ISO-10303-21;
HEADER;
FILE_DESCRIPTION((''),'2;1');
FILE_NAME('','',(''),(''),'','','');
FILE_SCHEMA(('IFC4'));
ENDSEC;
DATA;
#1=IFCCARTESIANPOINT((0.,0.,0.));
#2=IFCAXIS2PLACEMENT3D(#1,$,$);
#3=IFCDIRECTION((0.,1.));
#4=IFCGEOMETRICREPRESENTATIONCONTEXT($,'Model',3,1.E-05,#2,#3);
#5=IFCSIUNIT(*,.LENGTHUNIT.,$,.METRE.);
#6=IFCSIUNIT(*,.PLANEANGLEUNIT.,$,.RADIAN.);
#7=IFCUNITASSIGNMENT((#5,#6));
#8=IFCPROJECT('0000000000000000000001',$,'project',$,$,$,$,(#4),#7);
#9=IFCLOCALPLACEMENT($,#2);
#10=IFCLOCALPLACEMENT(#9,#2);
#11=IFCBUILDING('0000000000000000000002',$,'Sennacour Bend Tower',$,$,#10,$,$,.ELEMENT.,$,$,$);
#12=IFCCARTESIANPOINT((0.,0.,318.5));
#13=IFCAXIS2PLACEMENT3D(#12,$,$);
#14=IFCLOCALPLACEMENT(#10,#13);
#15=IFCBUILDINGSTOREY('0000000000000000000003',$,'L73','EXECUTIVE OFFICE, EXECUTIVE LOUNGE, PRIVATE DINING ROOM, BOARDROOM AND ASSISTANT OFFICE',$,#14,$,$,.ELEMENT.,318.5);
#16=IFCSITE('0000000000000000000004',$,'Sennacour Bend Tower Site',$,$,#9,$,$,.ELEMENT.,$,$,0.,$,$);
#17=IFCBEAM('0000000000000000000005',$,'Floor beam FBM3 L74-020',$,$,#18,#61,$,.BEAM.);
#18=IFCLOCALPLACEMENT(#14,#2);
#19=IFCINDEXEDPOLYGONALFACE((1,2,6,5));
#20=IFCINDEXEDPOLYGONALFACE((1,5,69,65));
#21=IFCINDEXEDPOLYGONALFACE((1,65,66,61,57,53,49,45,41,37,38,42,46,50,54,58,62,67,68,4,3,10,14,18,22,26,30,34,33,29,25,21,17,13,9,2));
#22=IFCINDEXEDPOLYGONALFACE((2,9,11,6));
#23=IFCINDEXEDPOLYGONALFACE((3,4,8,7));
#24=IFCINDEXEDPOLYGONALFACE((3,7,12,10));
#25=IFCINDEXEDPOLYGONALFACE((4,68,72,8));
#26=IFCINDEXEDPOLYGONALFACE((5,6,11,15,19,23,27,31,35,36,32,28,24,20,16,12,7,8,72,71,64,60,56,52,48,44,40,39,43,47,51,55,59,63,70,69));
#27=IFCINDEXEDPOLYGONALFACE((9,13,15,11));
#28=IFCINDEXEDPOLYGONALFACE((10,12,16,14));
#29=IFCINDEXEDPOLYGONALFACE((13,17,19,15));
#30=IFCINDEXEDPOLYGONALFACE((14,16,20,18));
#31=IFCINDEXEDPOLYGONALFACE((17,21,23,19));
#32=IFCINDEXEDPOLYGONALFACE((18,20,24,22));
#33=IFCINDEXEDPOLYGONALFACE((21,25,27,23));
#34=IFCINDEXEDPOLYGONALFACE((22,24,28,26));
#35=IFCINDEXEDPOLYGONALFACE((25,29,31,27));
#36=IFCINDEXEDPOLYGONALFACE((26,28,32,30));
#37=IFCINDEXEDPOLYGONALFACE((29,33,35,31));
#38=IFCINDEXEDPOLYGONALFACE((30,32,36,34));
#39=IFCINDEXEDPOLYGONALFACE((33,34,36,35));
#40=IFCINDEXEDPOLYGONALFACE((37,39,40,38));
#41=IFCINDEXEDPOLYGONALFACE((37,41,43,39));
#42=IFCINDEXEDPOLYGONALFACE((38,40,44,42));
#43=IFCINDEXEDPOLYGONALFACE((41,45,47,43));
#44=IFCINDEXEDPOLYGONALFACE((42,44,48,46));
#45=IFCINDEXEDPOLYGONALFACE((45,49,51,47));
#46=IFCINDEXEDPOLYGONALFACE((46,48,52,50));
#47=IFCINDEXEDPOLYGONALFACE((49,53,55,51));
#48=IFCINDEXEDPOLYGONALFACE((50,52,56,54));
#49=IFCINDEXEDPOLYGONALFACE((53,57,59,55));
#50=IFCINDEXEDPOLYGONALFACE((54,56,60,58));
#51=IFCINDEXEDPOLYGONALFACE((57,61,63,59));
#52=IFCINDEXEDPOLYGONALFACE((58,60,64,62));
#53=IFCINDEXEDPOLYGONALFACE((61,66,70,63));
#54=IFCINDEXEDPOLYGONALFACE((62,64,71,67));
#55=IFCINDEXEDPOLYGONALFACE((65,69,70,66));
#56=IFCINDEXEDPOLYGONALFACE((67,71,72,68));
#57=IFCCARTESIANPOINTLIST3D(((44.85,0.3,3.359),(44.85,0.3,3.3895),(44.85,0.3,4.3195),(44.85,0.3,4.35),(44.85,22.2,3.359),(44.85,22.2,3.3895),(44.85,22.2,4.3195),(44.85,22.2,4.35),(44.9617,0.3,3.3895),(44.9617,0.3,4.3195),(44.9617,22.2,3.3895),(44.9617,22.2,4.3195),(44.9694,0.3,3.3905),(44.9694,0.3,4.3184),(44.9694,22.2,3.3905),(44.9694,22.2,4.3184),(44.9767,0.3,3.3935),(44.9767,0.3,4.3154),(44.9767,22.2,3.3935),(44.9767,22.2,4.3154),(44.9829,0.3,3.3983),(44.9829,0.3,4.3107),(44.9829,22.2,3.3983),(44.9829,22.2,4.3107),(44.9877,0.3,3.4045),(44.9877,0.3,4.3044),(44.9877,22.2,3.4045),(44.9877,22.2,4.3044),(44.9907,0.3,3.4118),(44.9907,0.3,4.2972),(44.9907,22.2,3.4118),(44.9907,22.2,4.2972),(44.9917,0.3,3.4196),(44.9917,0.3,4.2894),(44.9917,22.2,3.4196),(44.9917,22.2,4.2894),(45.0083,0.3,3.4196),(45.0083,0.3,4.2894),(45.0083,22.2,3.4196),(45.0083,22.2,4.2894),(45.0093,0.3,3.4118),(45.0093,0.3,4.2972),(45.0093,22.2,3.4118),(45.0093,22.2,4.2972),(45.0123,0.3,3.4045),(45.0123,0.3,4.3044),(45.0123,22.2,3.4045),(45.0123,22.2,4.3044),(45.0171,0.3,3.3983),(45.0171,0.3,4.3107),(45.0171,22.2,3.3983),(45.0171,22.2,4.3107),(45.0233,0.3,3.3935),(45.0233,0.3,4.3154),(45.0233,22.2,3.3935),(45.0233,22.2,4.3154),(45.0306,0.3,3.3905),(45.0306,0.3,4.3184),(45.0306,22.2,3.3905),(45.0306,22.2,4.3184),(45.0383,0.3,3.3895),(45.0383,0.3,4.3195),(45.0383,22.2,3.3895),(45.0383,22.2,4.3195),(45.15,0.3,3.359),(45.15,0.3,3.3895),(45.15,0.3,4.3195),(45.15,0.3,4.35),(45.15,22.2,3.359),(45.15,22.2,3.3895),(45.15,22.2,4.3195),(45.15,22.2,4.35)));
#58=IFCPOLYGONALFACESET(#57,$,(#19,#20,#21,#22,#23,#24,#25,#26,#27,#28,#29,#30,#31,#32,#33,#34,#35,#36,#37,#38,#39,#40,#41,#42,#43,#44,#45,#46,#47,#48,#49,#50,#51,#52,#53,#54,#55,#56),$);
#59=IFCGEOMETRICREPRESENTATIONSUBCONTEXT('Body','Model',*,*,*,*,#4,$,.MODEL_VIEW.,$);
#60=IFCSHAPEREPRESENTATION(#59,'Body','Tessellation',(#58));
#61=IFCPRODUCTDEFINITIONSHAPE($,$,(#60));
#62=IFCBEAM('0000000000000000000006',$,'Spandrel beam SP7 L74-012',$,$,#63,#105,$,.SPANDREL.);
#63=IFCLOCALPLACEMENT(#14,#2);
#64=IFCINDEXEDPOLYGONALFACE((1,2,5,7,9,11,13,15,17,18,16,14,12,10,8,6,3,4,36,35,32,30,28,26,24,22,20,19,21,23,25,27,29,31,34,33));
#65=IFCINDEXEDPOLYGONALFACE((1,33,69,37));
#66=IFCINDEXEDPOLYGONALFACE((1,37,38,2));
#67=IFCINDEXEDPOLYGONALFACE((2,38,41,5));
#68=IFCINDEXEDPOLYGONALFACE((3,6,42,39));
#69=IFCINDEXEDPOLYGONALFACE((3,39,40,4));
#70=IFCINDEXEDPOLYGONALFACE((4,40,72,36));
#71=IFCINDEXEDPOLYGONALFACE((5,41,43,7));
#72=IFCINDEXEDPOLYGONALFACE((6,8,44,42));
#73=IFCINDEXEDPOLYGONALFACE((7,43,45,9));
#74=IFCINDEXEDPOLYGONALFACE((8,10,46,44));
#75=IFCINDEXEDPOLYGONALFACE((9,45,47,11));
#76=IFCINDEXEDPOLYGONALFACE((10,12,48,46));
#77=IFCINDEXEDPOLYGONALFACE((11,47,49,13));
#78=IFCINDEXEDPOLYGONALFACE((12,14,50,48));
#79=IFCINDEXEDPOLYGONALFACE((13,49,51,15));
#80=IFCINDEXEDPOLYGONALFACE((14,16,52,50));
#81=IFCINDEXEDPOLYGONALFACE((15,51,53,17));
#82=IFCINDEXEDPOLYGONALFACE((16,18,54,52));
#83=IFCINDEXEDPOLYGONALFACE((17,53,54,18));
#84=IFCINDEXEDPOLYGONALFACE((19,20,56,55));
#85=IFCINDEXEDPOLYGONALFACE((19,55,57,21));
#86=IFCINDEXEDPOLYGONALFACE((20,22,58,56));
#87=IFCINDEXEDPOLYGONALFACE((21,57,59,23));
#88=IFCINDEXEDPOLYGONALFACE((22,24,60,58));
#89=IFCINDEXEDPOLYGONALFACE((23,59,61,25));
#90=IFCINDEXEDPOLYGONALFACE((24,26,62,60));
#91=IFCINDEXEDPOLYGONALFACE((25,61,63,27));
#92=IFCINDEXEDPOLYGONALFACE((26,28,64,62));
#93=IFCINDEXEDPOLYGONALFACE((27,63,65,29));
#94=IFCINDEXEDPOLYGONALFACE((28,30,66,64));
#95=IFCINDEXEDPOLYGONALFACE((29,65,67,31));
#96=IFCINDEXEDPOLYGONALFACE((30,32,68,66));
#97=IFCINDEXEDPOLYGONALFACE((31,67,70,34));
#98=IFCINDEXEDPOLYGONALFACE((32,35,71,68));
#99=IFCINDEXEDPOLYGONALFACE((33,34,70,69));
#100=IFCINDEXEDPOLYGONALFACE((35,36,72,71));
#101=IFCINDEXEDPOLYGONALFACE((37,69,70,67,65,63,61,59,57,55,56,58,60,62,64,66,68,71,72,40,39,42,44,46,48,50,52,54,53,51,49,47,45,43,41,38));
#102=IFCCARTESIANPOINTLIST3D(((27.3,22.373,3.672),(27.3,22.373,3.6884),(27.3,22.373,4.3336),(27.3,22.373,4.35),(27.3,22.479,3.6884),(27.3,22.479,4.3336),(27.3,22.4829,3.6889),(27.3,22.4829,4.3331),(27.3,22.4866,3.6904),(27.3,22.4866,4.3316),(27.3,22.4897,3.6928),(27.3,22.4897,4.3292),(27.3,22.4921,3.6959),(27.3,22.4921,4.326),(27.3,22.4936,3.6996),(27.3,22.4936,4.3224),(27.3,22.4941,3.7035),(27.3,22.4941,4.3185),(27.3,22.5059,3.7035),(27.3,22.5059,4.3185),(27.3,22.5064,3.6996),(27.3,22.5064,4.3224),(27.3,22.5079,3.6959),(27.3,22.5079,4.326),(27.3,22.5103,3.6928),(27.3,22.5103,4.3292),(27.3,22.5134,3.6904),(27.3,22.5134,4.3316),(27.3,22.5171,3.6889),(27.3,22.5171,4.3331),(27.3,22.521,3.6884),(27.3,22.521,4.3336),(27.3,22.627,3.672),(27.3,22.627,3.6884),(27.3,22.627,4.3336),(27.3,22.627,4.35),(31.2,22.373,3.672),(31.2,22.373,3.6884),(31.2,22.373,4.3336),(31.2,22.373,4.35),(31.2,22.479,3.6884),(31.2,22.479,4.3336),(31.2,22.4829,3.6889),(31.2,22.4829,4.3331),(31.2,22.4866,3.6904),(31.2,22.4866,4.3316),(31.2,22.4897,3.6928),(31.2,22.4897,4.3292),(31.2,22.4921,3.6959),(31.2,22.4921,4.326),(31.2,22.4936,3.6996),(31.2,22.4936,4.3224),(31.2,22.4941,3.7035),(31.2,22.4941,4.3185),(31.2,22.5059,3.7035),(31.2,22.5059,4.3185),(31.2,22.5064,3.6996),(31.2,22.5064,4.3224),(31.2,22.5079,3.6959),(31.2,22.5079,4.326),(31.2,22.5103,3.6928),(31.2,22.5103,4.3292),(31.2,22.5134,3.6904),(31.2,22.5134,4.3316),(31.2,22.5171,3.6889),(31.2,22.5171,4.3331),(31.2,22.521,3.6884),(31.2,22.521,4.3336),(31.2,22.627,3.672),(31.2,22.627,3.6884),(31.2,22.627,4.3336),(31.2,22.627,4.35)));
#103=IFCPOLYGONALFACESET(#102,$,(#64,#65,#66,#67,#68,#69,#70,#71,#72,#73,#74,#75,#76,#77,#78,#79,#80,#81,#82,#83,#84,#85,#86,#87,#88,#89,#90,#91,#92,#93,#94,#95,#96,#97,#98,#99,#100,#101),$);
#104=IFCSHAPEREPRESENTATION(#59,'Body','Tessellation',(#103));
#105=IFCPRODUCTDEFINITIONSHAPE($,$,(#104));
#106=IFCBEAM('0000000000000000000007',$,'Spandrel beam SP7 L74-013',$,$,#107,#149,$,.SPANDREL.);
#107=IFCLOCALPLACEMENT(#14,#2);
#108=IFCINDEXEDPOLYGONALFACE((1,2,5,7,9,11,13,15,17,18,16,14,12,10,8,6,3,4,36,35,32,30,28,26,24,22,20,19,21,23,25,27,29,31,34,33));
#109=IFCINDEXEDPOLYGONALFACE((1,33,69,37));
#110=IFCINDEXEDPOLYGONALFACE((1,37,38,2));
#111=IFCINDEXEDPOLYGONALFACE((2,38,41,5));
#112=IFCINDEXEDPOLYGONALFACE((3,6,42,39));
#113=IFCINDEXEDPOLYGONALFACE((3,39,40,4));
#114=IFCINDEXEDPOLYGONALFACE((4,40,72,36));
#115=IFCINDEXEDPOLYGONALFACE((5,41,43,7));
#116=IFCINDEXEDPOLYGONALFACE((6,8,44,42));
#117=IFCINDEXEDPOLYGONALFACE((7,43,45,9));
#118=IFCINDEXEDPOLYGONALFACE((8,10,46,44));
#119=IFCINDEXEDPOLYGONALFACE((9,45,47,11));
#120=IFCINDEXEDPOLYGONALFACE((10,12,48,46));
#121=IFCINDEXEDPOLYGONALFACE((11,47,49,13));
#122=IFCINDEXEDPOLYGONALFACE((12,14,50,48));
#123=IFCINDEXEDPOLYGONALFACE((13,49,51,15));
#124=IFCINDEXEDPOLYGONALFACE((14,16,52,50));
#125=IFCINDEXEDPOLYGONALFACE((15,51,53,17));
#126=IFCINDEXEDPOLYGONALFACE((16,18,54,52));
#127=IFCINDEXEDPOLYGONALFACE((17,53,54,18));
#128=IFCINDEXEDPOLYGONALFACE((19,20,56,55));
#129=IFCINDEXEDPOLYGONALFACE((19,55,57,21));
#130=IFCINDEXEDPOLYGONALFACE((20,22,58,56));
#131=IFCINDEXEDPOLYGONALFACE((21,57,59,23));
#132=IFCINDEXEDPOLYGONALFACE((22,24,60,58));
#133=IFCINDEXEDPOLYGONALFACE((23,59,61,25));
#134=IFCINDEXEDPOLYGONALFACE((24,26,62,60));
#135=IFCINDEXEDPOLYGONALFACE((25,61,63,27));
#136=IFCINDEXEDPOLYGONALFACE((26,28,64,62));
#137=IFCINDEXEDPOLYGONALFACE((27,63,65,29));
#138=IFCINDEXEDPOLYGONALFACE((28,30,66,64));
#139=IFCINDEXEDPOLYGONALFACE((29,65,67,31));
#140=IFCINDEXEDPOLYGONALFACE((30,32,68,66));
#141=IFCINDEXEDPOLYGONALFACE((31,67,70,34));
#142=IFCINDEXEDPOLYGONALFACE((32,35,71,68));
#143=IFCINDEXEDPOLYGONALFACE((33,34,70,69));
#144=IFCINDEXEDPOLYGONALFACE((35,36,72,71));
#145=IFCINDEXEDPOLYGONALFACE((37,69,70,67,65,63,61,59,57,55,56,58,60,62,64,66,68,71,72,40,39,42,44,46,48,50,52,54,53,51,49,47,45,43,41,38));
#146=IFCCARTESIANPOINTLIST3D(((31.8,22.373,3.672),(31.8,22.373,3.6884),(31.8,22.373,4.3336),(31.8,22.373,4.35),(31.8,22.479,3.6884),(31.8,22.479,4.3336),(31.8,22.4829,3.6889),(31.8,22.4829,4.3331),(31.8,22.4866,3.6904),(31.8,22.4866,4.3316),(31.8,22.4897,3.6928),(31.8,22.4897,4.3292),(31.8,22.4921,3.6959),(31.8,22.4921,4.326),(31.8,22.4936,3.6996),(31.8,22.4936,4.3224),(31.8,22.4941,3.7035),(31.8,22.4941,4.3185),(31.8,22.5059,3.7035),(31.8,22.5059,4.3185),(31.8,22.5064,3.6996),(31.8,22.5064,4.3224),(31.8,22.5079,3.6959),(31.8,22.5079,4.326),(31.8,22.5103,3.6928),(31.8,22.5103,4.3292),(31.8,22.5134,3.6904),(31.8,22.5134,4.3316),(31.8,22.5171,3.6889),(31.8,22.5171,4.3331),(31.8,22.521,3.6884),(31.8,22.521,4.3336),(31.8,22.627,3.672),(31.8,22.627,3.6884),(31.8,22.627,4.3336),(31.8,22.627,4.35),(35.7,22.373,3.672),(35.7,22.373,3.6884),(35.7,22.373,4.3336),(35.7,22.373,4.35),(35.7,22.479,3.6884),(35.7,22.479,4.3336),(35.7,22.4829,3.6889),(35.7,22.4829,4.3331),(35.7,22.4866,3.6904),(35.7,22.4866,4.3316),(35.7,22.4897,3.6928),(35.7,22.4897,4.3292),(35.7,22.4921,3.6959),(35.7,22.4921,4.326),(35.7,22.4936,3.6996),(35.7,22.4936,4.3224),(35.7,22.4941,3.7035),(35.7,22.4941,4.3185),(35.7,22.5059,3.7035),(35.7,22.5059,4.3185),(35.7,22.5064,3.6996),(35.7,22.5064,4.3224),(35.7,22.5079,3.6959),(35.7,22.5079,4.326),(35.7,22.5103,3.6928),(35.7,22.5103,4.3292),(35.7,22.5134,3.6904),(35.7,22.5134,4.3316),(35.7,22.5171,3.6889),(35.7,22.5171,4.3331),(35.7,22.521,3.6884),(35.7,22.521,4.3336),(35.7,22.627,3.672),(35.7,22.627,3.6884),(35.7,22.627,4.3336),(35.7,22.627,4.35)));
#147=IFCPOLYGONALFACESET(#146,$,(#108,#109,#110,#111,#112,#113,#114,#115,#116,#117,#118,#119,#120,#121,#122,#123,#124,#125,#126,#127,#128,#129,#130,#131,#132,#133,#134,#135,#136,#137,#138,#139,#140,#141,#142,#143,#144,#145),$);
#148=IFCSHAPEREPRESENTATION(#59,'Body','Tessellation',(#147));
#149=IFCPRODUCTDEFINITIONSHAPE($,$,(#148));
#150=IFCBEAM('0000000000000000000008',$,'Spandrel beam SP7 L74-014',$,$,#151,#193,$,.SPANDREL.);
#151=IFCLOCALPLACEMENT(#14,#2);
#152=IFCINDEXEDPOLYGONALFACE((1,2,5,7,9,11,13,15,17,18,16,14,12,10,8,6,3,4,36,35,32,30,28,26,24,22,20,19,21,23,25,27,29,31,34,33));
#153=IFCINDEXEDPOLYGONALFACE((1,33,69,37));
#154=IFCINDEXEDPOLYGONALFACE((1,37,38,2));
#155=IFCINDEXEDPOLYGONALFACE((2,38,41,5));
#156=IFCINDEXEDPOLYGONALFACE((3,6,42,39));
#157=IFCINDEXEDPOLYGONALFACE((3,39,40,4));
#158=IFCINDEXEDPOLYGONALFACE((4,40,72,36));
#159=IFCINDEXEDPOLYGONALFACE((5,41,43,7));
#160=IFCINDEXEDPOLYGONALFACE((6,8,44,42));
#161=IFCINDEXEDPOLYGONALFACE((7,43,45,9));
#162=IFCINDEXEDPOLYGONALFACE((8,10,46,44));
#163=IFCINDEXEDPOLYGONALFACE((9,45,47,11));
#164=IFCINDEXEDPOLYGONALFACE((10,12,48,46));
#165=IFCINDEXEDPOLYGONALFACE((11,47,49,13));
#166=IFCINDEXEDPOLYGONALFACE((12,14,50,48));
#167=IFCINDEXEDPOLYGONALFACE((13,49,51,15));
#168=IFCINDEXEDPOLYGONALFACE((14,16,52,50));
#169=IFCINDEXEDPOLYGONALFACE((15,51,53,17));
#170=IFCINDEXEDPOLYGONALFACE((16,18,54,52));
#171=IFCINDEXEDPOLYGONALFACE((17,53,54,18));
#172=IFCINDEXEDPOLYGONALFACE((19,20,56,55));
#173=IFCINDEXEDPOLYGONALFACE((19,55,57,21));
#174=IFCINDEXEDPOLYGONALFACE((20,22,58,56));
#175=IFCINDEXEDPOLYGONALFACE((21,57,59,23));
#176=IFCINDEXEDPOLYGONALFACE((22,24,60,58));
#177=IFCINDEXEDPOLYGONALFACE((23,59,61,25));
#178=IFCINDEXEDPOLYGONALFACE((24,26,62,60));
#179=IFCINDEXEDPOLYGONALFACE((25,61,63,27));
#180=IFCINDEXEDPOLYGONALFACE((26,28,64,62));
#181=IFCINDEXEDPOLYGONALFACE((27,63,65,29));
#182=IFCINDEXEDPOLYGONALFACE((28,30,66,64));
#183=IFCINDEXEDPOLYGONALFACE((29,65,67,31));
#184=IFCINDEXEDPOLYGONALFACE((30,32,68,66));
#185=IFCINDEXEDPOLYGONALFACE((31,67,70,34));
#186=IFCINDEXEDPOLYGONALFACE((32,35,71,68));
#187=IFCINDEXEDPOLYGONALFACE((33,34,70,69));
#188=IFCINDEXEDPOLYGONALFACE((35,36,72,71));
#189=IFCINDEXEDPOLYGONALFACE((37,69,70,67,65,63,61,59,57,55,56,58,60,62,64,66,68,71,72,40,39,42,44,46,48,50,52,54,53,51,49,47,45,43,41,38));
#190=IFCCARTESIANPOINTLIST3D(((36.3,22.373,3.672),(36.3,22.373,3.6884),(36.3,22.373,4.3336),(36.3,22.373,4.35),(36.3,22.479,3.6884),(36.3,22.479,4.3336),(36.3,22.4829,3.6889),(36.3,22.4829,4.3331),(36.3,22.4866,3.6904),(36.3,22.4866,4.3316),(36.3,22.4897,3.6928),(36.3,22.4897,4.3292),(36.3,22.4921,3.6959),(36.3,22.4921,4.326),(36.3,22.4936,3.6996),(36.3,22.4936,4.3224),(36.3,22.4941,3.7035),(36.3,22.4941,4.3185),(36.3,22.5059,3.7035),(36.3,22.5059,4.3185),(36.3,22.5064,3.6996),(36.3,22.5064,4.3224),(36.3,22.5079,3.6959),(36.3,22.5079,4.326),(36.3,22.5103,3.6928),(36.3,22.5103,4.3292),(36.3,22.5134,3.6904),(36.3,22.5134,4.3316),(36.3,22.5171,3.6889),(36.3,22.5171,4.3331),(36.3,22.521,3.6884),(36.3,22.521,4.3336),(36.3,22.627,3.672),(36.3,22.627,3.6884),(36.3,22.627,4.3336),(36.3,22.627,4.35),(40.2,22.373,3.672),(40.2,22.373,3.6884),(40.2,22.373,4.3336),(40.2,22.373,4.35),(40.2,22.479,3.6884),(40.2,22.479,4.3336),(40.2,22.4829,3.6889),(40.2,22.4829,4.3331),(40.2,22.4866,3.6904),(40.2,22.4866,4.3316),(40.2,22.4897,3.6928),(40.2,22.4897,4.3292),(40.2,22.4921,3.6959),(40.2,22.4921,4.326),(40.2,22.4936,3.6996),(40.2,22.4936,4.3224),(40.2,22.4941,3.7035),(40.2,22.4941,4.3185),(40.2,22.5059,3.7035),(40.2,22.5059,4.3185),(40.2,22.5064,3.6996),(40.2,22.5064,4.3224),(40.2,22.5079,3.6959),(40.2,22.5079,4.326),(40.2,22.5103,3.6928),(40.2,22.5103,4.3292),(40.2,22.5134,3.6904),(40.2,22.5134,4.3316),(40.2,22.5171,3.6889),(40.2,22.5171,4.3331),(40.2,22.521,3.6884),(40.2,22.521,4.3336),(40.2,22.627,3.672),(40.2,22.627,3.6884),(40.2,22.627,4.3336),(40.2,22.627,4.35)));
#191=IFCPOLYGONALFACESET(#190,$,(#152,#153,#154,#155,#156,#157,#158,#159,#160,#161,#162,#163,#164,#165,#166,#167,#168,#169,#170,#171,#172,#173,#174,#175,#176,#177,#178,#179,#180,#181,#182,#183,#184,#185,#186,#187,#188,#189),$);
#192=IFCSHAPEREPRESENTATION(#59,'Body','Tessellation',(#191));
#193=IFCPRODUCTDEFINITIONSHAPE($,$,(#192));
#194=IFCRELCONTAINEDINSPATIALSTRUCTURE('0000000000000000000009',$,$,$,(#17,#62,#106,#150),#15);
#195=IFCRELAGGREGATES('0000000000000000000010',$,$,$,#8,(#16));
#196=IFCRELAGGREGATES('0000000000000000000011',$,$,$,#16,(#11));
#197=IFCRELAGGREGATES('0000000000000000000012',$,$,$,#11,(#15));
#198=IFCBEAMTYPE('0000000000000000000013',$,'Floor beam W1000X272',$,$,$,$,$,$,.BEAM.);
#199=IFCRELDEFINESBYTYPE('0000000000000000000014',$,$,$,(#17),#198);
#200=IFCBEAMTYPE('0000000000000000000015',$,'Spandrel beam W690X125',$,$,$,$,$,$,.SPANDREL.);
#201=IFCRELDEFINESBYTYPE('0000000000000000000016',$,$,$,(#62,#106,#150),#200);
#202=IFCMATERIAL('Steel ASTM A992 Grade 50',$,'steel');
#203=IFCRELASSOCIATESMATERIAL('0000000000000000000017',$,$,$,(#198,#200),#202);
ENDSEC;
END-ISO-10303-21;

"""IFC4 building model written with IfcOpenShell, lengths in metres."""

from ifc_helpers import new_model, si_unit, direction, frame, origin, origin_2d, place, context, subcontext, project, spatial, i_section, extrude, material, material_profile, profile_set, type_object, element, save


model = new_model("IFC4")

# Units and contexts
model_context = context("Model", 3, precision=1e-05, world=origin(), true_north=direction((0.0, 1.0)))
body_context = subcontext(model_context, "Body", "Model", "MODEL_VIEW")
ifc_project = project(units=[si_unit("LENGTHUNIT", "METRE"), si_unit("PLANEANGLEUNIT", "RADIAN")], contexts=[model_context])

# Site, building, storey
site_placement = place(None, origin())
site = spatial("IfcSite", under=ifc_project, at=site_placement, Name="Sennacour Bend Tower Site", CompositionType="ELEMENT", RefElevation=0.0)
building_placement = place(site_placement, origin())
building = spatial("IfcBuilding", under=site, at=building_placement, Name="Sennacour Bend Tower", CompositionType="ELEMENT")
storey_placement = place(building_placement, frame((0.0, 0.0, 318.5)))
storey = spatial("IfcBuildingStorey", under=building, at=storey_placement, Name="L73", Description="EXECUTIVE OFFICE, EXECUTIVE LOUNGE, PRIVATE DINING ROOM, BOARDROOM AND ASSISTANT OFFICE", CompositionType="ELEMENT", Elevation=318.5)

# Beams
ifc_material_1 = material(Name="Steel ASTM A992 Grade 50", Category="steel")
ifc_material_profile_1 = material_profile(ifc_material_1, i_section(OverallWidth=0.3, OverallDepth=0.991, WebThickness=0.0166, FlangeThickness=0.0305, FilletRadius=0.03, at=origin_2d()), Name="Steel ASTM A992 Grade 50", Category="steel")
ifc_profile_set_1 = profile_set([ifc_material_profile_1], Name="Steel ASTM A992 Grade 50")
beam_type_1 = type_object("IfcBeamType", Name="Floor beam W1000X272", PredefinedType="BEAM", material=ifc_profile_set_1)
for number, where, z_axis, x_axis, name in (
    (1, (45.0, 0.3, 3.8545), (0.0, 1.0, 0.0), (-1.0, 0.0, 0.0), "Floor beam FBM3 L74-020"),
):
    element("IfcBeam", number, at=place(storey_placement, frame(where, z_axis=z_axis, x_axis=x_axis)), inside=storey, type_object=beam_type_1, Name=name, PredefinedType="BEAM", context=body_context, shape_type="SweptSolid", body=[
        extrude(i_section(OverallWidth=0.3, OverallDepth=0.991, WebThickness=0.0166, FlangeThickness=0.0305, FilletRadius=0.03, at=origin_2d()), origin(), (0.0, 0.0, 1.0), 21.8999),
    ])
ifc_material_profile_2 = material_profile(ifc_material_1, i_section(OverallWidth=0.2539, OverallDepth=0.678, WebThickness=0.0117, FlangeThickness=0.0164, FilletRadius=0.0151, at=origin_2d()), Name="Steel ASTM A992 Grade 50", Category="steel")
ifc_profile_set_2 = profile_set([ifc_material_profile_2], Name="Steel ASTM A992 Grade 50")
beam_type_2 = type_object("IfcBeamType", Name="Spandrel beam W690X125", PredefinedType="SPANDREL", material=ifc_profile_set_2)
for number, where, z_axis, x_axis, name in (
    (2, (27.3, 22.5, 4.011), (1.0, 0.0, 0.0), (0.0, 1.0, 0.0), "Spandrel beam SP7 L74-012"),
    (3, (31.8, 22.5, 4.011), (1.0, 0.0, 0.0), (0.0, 1.0, 0.0), "Spandrel beam SP7 L74-013"),
    (4, (36.3, 22.5, 4.011), (1.0, 0.0, 0.0), (0.0, 1.0, 0.0), "Spandrel beam SP7 L74-014"),
):
    element("IfcBeam", number, at=place(storey_placement, frame(where, z_axis=z_axis, x_axis=x_axis)), inside=storey, type_object=beam_type_2, Name=name, PredefinedType="SPANDREL", context=body_context, shape_type="SweptSolid", body=[
        extrude(i_section(OverallWidth=0.2539, OverallDepth=0.678, WebThickness=0.0117, FlangeThickness=0.0164, FilletRadius=0.0151, at=origin_2d()), origin(), (0.0, 0.0, 1.0), 3.8999),
    ])

save(model, "model.ifc")
